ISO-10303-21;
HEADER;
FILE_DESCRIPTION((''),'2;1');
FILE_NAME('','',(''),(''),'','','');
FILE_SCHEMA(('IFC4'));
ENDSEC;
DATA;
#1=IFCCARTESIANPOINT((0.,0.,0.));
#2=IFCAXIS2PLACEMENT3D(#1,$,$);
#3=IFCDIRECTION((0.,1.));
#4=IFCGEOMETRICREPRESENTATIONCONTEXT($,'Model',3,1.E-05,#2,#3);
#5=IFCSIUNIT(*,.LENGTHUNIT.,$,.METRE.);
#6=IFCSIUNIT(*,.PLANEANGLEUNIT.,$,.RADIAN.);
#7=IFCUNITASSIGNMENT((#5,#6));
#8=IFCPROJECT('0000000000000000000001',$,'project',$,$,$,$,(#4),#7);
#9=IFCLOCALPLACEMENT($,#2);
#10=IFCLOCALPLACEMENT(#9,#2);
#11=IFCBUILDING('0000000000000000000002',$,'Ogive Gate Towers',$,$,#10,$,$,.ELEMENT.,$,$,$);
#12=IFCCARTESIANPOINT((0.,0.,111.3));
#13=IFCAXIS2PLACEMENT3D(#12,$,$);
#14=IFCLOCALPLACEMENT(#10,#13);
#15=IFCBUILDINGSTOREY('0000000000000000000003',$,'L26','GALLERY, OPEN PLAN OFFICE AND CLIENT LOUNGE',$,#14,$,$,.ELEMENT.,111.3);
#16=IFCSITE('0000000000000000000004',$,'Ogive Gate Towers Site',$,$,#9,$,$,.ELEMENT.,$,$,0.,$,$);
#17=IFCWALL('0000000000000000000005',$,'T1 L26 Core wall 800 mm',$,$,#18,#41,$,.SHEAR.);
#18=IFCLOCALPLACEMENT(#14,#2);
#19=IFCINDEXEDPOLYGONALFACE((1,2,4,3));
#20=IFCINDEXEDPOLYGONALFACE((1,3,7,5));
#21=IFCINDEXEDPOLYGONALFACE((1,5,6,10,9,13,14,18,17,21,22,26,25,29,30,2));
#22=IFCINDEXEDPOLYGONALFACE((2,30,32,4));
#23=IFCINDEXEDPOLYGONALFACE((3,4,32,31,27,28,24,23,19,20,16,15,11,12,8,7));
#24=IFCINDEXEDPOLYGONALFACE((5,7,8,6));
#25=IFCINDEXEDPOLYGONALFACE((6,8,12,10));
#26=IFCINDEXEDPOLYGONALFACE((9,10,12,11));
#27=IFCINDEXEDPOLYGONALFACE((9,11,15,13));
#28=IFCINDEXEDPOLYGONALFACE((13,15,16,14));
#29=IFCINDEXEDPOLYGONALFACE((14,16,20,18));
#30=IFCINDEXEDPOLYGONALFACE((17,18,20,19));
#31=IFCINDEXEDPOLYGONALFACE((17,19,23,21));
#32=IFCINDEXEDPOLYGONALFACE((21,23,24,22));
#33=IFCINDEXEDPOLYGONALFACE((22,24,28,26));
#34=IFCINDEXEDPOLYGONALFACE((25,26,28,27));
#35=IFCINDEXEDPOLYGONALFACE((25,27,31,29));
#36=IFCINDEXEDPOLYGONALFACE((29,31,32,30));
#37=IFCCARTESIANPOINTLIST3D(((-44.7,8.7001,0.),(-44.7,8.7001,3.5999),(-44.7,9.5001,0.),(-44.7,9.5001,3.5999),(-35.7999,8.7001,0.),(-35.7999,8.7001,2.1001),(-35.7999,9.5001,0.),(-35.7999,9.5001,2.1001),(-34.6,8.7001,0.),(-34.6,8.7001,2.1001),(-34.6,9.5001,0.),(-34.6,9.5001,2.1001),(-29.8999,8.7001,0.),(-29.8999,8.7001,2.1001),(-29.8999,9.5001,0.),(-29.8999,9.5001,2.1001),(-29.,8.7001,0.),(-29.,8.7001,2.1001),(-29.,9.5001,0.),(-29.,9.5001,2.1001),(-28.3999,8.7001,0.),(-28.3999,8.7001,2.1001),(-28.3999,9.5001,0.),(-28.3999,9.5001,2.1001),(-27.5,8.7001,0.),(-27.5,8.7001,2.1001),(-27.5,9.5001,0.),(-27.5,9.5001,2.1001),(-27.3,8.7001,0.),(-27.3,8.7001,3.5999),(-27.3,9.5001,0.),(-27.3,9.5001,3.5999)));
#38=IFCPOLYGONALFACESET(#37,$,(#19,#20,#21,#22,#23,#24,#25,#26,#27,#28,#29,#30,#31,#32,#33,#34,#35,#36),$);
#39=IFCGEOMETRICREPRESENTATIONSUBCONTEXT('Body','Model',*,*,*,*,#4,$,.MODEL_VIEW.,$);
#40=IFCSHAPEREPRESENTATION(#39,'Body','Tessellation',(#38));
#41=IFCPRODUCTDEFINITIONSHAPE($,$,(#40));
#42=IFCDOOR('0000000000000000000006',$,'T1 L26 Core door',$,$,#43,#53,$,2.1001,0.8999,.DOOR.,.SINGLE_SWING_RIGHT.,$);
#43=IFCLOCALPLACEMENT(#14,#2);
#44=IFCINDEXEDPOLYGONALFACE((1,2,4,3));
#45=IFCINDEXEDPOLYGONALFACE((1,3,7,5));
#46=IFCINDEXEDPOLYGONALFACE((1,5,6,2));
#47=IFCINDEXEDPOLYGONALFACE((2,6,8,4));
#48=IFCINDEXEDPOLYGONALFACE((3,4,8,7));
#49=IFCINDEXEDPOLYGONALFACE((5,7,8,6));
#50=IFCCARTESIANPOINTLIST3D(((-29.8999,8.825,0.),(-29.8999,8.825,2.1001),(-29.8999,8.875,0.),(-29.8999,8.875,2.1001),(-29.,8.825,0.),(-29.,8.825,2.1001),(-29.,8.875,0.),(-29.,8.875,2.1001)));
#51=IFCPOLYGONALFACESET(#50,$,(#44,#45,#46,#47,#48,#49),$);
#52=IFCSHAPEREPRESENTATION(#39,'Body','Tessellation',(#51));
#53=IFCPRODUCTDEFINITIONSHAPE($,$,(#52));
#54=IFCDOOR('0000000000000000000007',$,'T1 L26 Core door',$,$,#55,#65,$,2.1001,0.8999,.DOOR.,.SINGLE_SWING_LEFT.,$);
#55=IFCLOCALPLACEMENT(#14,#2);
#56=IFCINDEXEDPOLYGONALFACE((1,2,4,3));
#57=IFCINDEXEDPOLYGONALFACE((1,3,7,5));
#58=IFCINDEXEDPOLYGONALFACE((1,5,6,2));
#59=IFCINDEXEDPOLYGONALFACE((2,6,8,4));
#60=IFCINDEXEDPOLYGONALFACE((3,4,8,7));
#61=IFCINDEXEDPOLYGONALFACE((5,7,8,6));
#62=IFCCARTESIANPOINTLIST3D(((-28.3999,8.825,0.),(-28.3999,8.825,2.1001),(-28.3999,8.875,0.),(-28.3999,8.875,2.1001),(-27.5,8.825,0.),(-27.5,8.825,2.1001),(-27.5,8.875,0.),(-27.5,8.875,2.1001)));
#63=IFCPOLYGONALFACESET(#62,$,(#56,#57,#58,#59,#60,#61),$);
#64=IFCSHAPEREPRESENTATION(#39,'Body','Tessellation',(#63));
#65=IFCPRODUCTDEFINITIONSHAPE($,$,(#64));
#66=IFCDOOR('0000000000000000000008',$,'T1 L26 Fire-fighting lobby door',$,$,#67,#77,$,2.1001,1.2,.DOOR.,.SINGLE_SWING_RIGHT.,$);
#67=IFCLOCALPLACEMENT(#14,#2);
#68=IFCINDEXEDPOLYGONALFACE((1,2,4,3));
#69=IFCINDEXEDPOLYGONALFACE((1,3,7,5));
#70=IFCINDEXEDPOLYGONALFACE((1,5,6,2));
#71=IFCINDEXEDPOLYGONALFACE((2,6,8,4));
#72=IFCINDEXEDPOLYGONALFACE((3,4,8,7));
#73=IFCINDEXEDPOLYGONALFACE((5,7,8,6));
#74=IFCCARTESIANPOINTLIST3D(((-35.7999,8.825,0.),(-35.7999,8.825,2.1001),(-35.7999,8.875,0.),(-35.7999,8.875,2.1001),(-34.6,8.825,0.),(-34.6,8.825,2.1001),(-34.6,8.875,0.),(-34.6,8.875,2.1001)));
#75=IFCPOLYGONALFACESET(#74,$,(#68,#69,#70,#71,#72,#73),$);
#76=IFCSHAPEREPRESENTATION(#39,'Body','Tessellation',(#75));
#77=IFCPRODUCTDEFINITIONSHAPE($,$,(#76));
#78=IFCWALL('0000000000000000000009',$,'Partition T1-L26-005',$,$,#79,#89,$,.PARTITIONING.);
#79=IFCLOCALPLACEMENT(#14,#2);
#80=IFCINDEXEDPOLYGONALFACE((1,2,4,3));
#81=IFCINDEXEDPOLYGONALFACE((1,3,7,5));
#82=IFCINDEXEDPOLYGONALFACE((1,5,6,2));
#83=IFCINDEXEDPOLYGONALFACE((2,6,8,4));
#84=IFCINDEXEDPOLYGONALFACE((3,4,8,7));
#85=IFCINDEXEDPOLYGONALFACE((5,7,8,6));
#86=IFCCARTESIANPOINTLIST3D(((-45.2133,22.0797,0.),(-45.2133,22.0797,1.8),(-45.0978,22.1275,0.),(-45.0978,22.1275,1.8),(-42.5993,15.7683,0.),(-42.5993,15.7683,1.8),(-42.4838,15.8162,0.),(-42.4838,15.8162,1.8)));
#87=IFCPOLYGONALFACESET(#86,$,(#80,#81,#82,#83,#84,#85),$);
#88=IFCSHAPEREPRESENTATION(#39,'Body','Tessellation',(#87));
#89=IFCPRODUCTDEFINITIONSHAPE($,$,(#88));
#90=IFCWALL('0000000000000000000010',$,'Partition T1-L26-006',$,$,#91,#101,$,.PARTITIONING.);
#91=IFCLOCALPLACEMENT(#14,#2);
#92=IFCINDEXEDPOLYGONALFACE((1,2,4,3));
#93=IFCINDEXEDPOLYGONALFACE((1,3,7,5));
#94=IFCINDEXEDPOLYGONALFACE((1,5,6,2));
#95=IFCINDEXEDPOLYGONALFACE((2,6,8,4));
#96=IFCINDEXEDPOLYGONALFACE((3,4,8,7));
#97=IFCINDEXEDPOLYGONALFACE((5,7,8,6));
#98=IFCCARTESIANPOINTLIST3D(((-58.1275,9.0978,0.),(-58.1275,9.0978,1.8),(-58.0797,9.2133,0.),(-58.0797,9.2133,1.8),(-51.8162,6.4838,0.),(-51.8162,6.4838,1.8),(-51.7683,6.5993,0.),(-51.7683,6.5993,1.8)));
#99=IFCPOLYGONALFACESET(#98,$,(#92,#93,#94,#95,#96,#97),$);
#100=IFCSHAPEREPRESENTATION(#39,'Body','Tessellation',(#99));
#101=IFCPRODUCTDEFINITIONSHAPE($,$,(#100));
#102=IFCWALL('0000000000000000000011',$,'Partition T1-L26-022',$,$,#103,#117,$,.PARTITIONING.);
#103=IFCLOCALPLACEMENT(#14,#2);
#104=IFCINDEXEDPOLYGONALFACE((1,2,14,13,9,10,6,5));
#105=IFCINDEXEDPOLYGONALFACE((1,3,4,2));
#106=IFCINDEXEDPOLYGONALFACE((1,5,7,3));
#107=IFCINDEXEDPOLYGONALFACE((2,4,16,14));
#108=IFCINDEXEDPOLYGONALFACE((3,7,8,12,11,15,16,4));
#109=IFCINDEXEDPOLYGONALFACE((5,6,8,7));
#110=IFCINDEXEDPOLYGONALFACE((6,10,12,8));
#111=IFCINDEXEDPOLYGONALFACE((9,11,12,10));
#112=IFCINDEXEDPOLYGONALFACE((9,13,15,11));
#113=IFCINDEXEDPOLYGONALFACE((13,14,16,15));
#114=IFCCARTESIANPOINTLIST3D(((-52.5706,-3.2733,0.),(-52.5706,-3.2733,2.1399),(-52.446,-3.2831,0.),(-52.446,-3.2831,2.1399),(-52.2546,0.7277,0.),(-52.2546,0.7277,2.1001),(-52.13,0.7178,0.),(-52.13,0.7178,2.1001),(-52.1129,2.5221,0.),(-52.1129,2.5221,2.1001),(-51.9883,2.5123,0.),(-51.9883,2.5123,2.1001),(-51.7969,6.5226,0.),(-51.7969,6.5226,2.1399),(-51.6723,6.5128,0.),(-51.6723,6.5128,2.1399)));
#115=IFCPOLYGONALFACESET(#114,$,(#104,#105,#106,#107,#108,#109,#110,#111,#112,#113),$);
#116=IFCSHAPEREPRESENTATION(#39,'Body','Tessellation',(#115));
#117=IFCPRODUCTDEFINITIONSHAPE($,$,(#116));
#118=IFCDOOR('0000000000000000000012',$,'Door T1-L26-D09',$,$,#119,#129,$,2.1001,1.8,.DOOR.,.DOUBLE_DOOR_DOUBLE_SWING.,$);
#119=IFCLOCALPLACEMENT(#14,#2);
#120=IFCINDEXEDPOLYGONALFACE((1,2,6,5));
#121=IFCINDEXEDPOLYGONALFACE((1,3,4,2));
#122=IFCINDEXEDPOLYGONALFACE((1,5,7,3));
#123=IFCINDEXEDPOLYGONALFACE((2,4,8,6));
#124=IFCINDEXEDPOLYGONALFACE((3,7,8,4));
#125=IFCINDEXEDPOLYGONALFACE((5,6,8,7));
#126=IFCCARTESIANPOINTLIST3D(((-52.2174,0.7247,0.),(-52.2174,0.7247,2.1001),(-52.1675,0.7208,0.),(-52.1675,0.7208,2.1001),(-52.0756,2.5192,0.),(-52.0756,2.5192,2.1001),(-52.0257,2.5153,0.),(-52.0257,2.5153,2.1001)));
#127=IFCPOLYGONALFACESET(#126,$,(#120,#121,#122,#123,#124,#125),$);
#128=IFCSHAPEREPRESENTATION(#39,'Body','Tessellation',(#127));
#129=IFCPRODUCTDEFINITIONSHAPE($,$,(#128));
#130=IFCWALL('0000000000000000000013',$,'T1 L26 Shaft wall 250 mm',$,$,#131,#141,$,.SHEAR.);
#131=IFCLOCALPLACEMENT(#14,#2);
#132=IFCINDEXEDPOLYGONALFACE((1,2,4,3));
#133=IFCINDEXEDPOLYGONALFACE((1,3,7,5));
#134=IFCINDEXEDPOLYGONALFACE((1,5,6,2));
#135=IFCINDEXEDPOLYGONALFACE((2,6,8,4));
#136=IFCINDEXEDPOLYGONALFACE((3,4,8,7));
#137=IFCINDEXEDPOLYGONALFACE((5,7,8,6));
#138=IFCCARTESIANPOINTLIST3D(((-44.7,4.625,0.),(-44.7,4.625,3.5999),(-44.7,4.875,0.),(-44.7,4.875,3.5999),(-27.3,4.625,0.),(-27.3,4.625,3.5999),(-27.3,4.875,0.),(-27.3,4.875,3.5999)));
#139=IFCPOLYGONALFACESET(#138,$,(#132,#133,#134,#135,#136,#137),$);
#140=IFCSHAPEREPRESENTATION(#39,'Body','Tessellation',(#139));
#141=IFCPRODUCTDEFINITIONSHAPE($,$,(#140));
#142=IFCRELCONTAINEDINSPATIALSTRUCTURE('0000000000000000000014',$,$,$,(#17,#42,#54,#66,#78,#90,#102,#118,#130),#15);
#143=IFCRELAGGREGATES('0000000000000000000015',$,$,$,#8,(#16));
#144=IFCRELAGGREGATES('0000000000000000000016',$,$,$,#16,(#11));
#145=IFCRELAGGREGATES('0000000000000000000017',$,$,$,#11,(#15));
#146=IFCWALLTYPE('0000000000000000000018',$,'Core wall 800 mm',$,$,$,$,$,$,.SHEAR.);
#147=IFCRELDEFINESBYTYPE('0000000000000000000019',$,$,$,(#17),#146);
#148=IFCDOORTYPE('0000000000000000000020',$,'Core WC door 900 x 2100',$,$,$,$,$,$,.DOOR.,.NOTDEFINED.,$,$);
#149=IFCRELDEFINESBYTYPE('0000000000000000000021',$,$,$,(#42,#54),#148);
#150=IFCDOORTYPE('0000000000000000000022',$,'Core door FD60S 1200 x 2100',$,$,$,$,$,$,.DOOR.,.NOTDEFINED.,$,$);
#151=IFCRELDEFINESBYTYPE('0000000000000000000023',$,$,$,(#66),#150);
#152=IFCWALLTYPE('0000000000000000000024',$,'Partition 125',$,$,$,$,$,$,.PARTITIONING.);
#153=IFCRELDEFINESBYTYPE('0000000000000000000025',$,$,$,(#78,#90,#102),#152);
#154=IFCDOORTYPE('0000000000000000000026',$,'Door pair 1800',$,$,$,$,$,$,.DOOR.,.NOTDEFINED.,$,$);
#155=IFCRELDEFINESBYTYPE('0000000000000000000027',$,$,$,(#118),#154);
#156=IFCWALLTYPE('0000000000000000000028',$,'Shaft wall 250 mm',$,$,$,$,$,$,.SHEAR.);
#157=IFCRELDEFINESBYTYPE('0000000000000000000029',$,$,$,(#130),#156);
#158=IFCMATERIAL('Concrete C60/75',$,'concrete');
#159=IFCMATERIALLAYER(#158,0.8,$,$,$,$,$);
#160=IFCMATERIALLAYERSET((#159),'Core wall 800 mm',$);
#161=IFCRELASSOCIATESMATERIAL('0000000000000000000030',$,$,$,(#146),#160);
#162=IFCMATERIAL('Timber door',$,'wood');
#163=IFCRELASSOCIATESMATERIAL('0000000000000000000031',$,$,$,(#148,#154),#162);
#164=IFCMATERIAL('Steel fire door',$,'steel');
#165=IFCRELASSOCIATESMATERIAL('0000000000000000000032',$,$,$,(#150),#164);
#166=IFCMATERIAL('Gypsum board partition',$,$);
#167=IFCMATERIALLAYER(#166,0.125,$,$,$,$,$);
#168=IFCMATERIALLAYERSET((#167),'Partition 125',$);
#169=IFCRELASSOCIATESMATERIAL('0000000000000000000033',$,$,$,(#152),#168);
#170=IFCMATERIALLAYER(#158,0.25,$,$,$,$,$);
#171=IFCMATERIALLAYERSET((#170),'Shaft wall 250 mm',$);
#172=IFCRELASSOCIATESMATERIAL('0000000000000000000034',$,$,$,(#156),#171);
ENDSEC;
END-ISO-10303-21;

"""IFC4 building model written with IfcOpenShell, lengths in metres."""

from ifc_helpers import new_model, si_unit, direction, frame, frame_2d, origin, place, context, subcontext, project, spatial, rectangle, extrude, material, layer, layer_set, type_object, element, fill, save


model = new_model("IFC4")

# Units and contexts
model_context = context("Model", 3, precision=1e-05, world=origin(), true_north=direction((0.0, 1.0)))
body_context = subcontext(model_context, "Body", "Model", "MODEL_VIEW")
ifc_project = project(units=[si_unit("LENGTHUNIT", "METRE"), si_unit("PLANEANGLEUNIT", "RADIAN")], contexts=[model_context])

# Site, building, storey
site_placement = place(None, origin())
site = spatial("IfcSite", under=ifc_project, at=site_placement, Name="Ogive Gate Towers Site", CompositionType="ELEMENT", RefElevation=0.0)
building_placement = place(site_placement, origin())
building = spatial("IfcBuilding", under=site, at=building_placement, Name="Ogive Gate Towers", CompositionType="ELEMENT")
storey_placement = place(building_placement, frame((0.0, 0.0, 111.3)))
storey = spatial("IfcBuildingStorey", under=building, at=storey_placement, Name="L26", Description="GALLERY, OPEN PLAN OFFICE AND CLIENT LOUNGE", CompositionType="ELEMENT", Elevation=111.3)

# Wall, openings, doors
ifc_material_1 = material(Name="Concrete C60/75", Category="concrete")
ifc_layer_1 = layer(ifc_material_1, 0.8)
ifc_layer_set_1 = layer_set([ifc_layer_1], Name="Core wall 800 mm")
wall_type_1 = type_object("IfcWallType", Name="Core wall 800 mm", PredefinedType="SHEAR", material=ifc_layer_set_1)
wall_1_placement = place(storey_placement, frame((-44.7, 9.1001, 0.0), z_axis=(0.0, 0.0, 1.0), x_axis=(1.0, 0.0, 0.0)))
wall_1 = element("IfcWall", 1, at=wall_1_placement, inside=storey, type_object=wall_type_1, Name="T1 L26 Core wall 800 mm", PredefinedType="SHEAR", context=body_context, shape_type="SweptSolid", body=[
    extrude(rectangle(XDim=17.3999, YDim=0.8, at=frame_2d((8.7, 0.0))), origin(), (0.0, 0.0, 1.0), 3.5999),
])
opening_1_placement = place(wall_1_placement, frame((8.8999, 0.0, 0.0)))
opening_1 = element("IfcOpeningElement", 2, at=opening_1_placement, cuts=wall_1, PredefinedType="OPENING", context=body_context, shape_type="SweptSolid", body=[
    extrude(rectangle(XDim=1.2, YDim=2.1001, at=frame_2d((0.6001, 1.05))), frame((0.0, 0.4102, 0.0), z_axis=(0.0, -1.0, 0.0), x_axis=(1.0, 0.0, 0.0)), (0.0, 0.0, 1.0), 0.8201),
])
opening_2_placement = place(wall_1_placement, frame((14.8, 0.0, 0.0)))
opening_2 = element("IfcOpeningElement", 3, at=opening_2_placement, cuts=wall_1, PredefinedType="OPENING", context=body_context, shape_type="SweptSolid", body=[
    extrude(rectangle(XDim=0.8999, YDim=2.1001, at=frame_2d((0.45, 1.05))), frame((0.0, 0.4102, 0.0), z_axis=(0.0, -1.0, 0.0), x_axis=(1.0, 0.0, 0.0)), (0.0, 0.0, 1.0), 0.8201),
])
opening_3_placement = place(wall_1_placement, frame((16.3, 0.0, 0.0)))
opening_3 = element("IfcOpeningElement", 4, at=opening_3_placement, cuts=wall_1, PredefinedType="OPENING", context=body_context, shape_type="SweptSolid", body=[
    extrude(rectangle(XDim=0.8999, YDim=2.1001, at=frame_2d((0.45, 1.05))), frame((0.0, 0.4102, 0.0), z_axis=(0.0, -1.0, 0.0), x_axis=(1.0, 0.0, 0.0)), (0.0, 0.0, 1.0), 0.8201),
])
ifc_material_2 = material(Name="Timber door", Category="wood")
door_type_1 = type_object("IfcDoorType", Name="Core WC door 900 x 2100", OperationType="NOTDEFINED", PredefinedType="DOOR", material=ifc_material_2)
door_1_placement = place(opening_2_placement, origin())
door_1 = element("IfcDoor", 5, at=door_1_placement, inside=storey, type_object=door_type_1, Name="T1 L26 Core door", OperationType="SINGLE_SWING_RIGHT", OverallHeight=2.1001, OverallWidth=0.8999, PredefinedType="DOOR", context=body_context, shape_type="SweptSolid", body=[
    extrude(rectangle(XDim=0.8999, YDim=2.1001, at=frame_2d((0.45, 1.05))), frame((0.0, -0.2251, 0.0), z_axis=(0.0, -1.0, 0.0), x_axis=(1.0, 0.0, 0.0)), (0.0, 0.0, 1.0), 0.05),
])
fill(opening_2, door_1)
door_2_placement = place(opening_3_placement, origin())
door_2 = element("IfcDoor", 6, at=door_2_placement, inside=storey, type_object=door_type_1, Name="T1 L26 Core door", OperationType="SINGLE_SWING_LEFT", OverallHeight=2.1001, OverallWidth=0.8999, PredefinedType="DOOR", context=body_context, shape_type="SweptSolid", body=[
    extrude(rectangle(XDim=0.8999, YDim=2.1001, at=frame_2d((0.45, 1.05))), frame((0.0, -0.2251, 0.0), z_axis=(0.0, -1.0, 0.0), x_axis=(1.0, 0.0, 0.0)), (0.0, 0.0, 1.0), 0.05),
])
fill(opening_3, door_2)
ifc_material_3 = material(Name="Steel fire door", Category="steel")
door_type_2 = type_object("IfcDoorType", Name="Core door FD60S 1200 x 2100", OperationType="NOTDEFINED", PredefinedType="DOOR", material=ifc_material_3)
door_3_placement = place(opening_1_placement, origin())
door_3 = element("IfcDoor", 7, at=door_3_placement, inside=storey, type_object=door_type_2, Name="T1 L26 Fire-fighting lobby door", OperationType="SINGLE_SWING_RIGHT", OverallHeight=2.1001, OverallWidth=1.2, PredefinedType="DOOR", context=body_context, shape_type="SweptSolid", body=[
    extrude(rectangle(XDim=1.2, YDim=2.1001, at=frame_2d((0.6001, 1.05))), frame((0.0, -0.2251, 0.0), z_axis=(0.0, -1.0, 0.0), x_axis=(1.0, 0.0, 0.0)), (0.0, 0.0, 1.0), 0.05),
])
fill(opening_1, door_3)

# Walls
ifc_material_4 = material(Name="Gypsum board partition")
ifc_layer_2 = layer(ifc_material_4, 0.125)
ifc_layer_set_2 = layer_set([ifc_layer_2], Name="Partition 125")
wall_type_2 = type_object("IfcWallType", Name="Partition 125", PredefinedType="PARTITIONING", material=ifc_layer_set_2)
for number, where, z_axis, x_axis, name in (
    (8, (-45.1555, 22.1035, 0.0), (0.0, 0.0, 1.0), (0.382658, -0.92389, 0.0), "Partition T1-L26-005"),
    (9, (-58.1035, 9.1555, 0.0), (0.0, 0.0, 1.0), (0.92389, -0.382658, 0.0), "Partition T1-L26-006"),
):
    element("IfcWall", number, at=place(storey_placement, frame(where, z_axis=z_axis, x_axis=x_axis)), inside=storey, type_object=wall_type_2, Name=name, PredefinedType="PARTITIONING", context=body_context, shape_type="SweptSolid", body=[
        extrude(rectangle(XDim=6.8313, YDim=0.125, at=frame_2d((3.4155, 0.0))), origin(), (0.0, 0.0, 1.0), 1.8),
    ])

# Wall, opening, door
wall_2_placement = place(storey_placement, frame((-51.7346, 6.5176, 0.0), z_axis=(0.0, 0.0, 1.0), x_axis=(-0.078735, -0.996896, 0.0)))
wall_2 = element("IfcWall", 10, at=wall_2_placement, inside=storey, type_object=wall_type_2, Name="Partition T1-L26-022", PredefinedType="PARTITIONING", context=body_context, shape_type="SweptSolid", body=[
    extrude(rectangle(XDim=9.8264, YDim=0.125, at=frame_2d((4.9131, 0.0))), origin(), (0.0, 0.0, 1.0), 2.1399),
])
opening_4_placement = place(wall_2_placement, frame((4.0129, 0.0, 0.0)))
opening_4 = element("IfcOpeningElement", 11, at=opening_4_placement, cuts=wall_2, PredefinedType="OPENING", context=body_context, shape_type="SweptSolid", body=[
    extrude(rectangle(XDim=1.8, YDim=2.1001, at=frame_2d((0.8999, 1.05))), frame((0.0, 0.0725, 0.0), z_axis=(0.0, -1.0, 0.0), x_axis=(1.0, 0.0, 0.0)), (0.0, 0.0, 1.0), 0.145),
])
door_type_3 = type_object("IfcDoorType", Name="Door pair 1800", OperationType="NOTDEFINED", PredefinedType="DOOR", material=ifc_material_2)
door_4_placement = place(opening_4_placement, origin())
door_4 = element("IfcDoor", 12, at=door_4_placement, inside=storey, type_object=door_type_3, Name="Door T1-L26-D09", OperationType="DOUBLE_DOOR_DOUBLE_SWING", OverallHeight=2.1001, OverallWidth=1.8, PredefinedType="DOOR", context=body_context, shape_type="SweptSolid", body=[
    extrude(rectangle(XDim=1.8, YDim=2.1001, at=frame_2d((0.8999, 1.05))), frame((0.0, 0.0249, 0.0), z_axis=(0.0, -1.0, 0.0), x_axis=(1.0, 0.0, 0.0)), (0.0, 0.0, 1.0), 0.05),
])
fill(opening_4, door_4)

# Wall
ifc_layer_3 = layer(ifc_material_1, 0.25)
ifc_layer_set_3 = layer_set([ifc_layer_3], Name="Shaft wall 250 mm")
wall_type_3 = type_object("IfcWallType", Name="Shaft wall 250 mm", PredefinedType="SHEAR", material=ifc_layer_set_3)
wall_3_placement = place(storey_placement, frame((-44.7, 4.75, 0.0), z_axis=(0.0, 0.0, 1.0), x_axis=(1.0, 0.0, 0.0)))
element("IfcWall", 13, at=wall_3_placement, inside=storey, type_object=wall_type_3, Name="T1 L26 Shaft wall 250 mm", PredefinedType="SHEAR", context=body_context, shape_type="SweptSolid", body=[
    extrude(rectangle(XDim=17.3999, YDim=0.25, at=frame_2d((8.7, 0.0))), origin(), (0.0, 0.0, 1.0), 3.5999),
])

save(model, "model.ifc")
